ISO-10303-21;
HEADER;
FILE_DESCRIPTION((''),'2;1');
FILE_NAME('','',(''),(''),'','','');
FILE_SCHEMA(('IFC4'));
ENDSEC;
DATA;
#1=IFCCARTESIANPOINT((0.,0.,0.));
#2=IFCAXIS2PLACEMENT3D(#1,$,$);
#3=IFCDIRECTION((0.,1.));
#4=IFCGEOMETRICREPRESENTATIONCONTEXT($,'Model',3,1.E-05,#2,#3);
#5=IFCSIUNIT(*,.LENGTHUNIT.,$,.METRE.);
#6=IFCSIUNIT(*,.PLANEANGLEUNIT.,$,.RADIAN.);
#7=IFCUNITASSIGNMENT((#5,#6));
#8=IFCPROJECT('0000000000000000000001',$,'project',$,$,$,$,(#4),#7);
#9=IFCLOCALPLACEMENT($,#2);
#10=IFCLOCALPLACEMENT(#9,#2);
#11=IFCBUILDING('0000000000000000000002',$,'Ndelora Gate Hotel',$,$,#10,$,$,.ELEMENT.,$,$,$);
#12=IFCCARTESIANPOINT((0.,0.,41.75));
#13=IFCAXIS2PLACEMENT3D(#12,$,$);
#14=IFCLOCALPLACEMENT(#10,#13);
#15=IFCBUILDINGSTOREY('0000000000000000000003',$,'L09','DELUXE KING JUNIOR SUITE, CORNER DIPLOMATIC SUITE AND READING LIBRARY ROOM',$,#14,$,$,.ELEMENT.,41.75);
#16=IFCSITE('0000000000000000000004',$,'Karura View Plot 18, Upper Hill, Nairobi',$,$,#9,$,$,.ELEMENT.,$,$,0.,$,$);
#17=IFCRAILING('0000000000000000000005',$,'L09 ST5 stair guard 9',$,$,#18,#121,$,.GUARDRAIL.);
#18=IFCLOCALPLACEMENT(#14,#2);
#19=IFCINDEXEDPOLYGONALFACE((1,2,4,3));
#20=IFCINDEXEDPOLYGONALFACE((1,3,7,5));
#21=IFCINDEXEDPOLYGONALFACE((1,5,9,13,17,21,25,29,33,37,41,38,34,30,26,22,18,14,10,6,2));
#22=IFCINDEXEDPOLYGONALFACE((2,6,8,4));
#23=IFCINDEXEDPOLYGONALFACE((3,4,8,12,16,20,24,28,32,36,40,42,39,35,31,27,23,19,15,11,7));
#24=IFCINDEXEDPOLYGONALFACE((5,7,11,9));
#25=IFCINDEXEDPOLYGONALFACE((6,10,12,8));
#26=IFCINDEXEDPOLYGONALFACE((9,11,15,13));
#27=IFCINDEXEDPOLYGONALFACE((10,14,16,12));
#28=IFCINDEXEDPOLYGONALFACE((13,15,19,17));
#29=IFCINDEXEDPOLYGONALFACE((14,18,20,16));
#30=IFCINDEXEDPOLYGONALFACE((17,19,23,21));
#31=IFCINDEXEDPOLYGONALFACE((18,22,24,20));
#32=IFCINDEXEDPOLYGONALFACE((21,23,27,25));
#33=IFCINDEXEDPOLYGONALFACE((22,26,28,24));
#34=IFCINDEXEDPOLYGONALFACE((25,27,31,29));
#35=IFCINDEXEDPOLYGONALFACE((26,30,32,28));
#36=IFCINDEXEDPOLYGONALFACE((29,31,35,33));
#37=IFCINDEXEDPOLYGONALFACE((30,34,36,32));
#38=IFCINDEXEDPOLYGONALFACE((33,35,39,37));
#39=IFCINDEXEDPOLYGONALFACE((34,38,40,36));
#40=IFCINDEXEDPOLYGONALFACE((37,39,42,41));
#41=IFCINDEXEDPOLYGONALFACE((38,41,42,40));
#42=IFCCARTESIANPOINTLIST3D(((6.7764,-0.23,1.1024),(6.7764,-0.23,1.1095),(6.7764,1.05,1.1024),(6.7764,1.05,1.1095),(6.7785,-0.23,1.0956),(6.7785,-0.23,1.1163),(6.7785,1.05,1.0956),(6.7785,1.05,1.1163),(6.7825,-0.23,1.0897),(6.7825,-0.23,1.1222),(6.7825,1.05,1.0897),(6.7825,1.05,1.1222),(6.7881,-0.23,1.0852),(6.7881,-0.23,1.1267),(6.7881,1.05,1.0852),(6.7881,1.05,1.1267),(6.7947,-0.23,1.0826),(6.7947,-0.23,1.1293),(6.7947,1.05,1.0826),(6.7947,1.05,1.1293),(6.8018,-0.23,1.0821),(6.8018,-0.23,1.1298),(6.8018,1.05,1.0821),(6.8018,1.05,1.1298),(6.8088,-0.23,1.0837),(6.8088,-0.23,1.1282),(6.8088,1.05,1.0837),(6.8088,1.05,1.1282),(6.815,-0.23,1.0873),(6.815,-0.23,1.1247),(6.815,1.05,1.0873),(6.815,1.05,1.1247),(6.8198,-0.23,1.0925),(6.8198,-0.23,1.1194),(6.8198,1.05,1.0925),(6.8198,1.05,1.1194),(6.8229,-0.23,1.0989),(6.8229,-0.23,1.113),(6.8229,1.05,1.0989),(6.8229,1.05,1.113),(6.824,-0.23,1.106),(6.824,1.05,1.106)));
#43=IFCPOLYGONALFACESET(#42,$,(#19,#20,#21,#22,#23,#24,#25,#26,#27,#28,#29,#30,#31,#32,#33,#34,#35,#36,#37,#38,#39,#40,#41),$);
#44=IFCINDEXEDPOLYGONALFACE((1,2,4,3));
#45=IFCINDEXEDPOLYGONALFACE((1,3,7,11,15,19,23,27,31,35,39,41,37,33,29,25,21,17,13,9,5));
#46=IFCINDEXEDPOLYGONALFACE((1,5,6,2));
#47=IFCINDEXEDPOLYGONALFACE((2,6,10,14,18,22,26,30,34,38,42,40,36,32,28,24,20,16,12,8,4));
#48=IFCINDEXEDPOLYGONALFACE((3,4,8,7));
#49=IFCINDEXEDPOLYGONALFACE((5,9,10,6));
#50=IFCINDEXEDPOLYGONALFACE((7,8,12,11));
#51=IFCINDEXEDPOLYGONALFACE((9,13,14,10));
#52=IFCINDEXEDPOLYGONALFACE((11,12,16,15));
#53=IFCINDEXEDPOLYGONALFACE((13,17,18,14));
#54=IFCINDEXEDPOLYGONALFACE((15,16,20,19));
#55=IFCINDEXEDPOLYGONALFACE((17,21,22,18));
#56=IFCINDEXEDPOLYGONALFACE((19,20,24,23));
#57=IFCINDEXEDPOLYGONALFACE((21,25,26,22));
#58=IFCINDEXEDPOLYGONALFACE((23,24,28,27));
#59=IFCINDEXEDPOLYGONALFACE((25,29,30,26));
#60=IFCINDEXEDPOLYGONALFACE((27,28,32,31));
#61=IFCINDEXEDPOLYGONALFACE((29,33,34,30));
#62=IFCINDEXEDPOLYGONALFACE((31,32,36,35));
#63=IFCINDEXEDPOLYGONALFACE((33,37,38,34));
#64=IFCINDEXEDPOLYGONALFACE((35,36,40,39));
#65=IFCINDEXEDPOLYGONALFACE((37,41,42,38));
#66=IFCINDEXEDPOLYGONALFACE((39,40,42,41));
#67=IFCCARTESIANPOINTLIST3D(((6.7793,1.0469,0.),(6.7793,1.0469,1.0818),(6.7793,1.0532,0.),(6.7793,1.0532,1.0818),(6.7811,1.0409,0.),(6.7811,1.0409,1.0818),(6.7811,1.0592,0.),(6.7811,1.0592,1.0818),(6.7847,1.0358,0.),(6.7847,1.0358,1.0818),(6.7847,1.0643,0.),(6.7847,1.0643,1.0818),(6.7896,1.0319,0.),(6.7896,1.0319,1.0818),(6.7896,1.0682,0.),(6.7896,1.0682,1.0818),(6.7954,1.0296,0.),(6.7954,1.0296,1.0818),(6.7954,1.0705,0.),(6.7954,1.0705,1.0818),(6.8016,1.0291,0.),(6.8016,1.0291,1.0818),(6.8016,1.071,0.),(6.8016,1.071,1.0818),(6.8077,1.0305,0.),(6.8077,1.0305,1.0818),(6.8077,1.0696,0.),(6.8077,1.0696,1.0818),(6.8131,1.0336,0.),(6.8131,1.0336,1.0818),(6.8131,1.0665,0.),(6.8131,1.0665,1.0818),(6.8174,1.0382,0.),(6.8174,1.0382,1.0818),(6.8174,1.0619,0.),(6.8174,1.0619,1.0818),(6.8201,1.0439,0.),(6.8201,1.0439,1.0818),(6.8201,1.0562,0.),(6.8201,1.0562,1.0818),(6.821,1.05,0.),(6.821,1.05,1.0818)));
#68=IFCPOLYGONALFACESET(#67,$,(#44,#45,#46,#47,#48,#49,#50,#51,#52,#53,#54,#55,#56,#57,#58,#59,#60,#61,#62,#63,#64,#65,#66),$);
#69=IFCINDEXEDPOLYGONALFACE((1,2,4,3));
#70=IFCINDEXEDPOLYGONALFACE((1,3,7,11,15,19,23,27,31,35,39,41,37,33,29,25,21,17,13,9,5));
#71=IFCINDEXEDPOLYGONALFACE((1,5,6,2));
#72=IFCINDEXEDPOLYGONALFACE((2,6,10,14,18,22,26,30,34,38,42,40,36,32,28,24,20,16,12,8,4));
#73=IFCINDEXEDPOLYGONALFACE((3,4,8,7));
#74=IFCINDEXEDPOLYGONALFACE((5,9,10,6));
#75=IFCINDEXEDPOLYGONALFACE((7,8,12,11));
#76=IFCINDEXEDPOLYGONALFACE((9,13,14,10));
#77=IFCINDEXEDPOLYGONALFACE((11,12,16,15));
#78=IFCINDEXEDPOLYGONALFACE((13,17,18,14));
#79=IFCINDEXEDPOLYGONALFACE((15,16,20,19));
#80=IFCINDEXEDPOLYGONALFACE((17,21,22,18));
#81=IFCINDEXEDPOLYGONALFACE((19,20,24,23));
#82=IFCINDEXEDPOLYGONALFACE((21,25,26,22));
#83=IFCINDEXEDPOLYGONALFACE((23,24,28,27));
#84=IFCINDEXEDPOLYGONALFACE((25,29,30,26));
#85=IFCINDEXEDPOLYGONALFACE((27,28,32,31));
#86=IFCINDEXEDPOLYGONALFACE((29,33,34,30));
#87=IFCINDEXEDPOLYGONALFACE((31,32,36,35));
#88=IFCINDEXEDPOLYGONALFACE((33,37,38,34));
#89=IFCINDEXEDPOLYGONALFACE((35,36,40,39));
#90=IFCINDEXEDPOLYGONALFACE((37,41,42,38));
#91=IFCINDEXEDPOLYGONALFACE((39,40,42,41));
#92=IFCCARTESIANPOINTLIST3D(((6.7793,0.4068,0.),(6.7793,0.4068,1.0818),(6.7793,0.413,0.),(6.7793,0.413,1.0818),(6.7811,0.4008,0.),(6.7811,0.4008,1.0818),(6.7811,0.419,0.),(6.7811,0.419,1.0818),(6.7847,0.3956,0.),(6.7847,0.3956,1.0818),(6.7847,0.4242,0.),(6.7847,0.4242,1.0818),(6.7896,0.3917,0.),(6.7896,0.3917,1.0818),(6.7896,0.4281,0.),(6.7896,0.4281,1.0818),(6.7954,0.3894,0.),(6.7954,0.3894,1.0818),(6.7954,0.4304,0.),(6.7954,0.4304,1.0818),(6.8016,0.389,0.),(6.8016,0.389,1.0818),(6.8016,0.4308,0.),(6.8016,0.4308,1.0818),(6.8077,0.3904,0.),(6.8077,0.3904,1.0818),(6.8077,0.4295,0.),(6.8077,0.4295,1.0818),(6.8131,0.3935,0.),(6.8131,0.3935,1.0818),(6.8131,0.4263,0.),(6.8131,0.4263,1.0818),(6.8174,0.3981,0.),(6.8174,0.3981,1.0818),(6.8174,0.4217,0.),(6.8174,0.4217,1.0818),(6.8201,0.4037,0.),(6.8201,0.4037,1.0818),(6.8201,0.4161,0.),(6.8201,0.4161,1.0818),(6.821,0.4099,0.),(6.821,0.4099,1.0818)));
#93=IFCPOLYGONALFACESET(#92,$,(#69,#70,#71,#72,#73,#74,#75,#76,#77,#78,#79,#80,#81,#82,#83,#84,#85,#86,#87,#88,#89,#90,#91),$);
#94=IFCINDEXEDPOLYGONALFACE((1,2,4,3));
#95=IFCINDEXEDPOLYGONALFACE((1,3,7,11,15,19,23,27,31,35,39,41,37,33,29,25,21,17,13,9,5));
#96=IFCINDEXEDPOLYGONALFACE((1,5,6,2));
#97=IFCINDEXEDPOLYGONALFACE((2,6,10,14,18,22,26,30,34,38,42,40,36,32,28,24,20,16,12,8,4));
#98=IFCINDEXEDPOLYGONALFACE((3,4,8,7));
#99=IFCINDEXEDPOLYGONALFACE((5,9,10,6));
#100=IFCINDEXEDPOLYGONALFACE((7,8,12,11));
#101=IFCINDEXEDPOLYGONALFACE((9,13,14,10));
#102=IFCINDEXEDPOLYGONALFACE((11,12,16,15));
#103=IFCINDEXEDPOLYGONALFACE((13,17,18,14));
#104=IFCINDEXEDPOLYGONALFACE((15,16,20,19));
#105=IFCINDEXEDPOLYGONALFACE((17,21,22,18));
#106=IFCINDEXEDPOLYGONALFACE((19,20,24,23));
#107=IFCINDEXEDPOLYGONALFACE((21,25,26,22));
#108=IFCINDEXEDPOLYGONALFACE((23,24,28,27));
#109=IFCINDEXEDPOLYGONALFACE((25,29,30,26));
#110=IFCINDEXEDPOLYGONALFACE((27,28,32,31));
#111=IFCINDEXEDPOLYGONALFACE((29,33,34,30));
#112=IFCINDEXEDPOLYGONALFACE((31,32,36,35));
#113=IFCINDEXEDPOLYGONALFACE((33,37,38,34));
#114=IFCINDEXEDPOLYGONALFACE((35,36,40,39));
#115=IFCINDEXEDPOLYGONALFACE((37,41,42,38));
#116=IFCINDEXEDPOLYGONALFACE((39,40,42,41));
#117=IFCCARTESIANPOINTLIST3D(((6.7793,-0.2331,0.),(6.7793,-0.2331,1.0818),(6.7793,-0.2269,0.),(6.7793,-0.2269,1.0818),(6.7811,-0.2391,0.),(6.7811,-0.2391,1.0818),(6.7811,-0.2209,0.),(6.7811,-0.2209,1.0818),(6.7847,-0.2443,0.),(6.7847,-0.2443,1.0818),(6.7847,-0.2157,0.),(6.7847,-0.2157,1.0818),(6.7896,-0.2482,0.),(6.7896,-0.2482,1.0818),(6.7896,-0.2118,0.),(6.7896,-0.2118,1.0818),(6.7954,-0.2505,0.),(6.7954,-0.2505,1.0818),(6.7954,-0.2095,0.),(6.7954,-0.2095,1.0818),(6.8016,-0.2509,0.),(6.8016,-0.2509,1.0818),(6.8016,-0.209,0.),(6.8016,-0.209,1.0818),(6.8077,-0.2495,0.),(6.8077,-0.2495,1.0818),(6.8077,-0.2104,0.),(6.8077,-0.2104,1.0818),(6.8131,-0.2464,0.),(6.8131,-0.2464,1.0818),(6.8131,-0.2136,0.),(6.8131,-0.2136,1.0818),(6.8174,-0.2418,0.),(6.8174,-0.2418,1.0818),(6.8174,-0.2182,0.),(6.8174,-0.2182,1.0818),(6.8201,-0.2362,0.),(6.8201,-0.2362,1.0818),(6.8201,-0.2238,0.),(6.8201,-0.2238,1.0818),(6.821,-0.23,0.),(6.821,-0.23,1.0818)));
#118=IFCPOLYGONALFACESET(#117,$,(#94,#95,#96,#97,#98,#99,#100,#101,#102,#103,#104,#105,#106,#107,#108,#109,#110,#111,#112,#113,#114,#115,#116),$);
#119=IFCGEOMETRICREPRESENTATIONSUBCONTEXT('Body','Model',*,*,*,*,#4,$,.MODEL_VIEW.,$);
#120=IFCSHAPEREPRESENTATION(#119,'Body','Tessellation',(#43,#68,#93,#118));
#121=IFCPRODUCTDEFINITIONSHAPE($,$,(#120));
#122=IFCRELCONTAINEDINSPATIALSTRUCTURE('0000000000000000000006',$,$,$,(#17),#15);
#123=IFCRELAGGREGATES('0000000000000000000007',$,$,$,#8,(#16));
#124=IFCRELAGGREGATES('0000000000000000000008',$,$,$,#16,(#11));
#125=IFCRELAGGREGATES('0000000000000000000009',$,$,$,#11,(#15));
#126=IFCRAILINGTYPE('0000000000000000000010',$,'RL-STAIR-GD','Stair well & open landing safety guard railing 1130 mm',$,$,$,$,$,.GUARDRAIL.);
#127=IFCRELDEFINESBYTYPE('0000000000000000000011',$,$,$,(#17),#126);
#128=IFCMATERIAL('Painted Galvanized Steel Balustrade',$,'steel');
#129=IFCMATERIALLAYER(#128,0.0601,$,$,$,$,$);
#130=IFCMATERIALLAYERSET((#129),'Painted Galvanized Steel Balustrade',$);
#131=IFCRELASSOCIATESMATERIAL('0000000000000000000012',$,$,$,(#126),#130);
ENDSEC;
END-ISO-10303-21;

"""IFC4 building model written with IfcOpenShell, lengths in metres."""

from ifc_helpers import new_model, si_unit, direction, frame, origin, origin_2d, place, context, subcontext, project, spatial, circle, extrude, material, layer, layer_set, type_object, element, save


model = new_model("IFC4")

# Units and contexts
model_context = context("Model", 3, precision=1e-05, world=origin(), true_north=direction((0.0, 1.0)))
body_context = subcontext(model_context, "Body", "Model", "MODEL_VIEW")
ifc_project = project(units=[si_unit("LENGTHUNIT", "METRE"), si_unit("PLANEANGLEUNIT", "RADIAN")], contexts=[model_context])

# Site, building, storey
site_placement = place(None, origin())
site = spatial("IfcSite", under=ifc_project, at=site_placement, Name="Karura View Plot 18, Upper Hill, Nairobi", CompositionType="ELEMENT", RefElevation=0.0)
building_placement = place(site_placement, origin())
building = spatial("IfcBuilding", under=site, at=building_placement, Name="Ndelora Gate Hotel", CompositionType="ELEMENT")
storey_placement = place(building_placement, frame((0.0, 0.0, 41.75)))
storey = spatial("IfcBuildingStorey", under=building, at=storey_placement, Name="L09", Description="DELUXE KING JUNIOR SUITE, CORNER DIPLOMATIC SUITE AND READING LIBRARY ROOM", CompositionType="ELEMENT", Elevation=41.75)

# Railing
ifc_material_1 = material(Name="Painted Galvanized Steel Balustrade", Category="steel")
ifc_layer_1 = layer(ifc_material_1, 0.0601)
ifc_layer_set_1 = layer_set([ifc_layer_1], Name="Painted Galvanized Steel Balustrade")
railing_type_1 = type_object("IfcRailingType", Name="RL-STAIR-GD", Description="Stair well & open landing safety guard railing 1130 mm", PredefinedType="GUARDRAIL", material=ifc_layer_set_1)
railing_1_placement = place(storey_placement, frame((6.8, 1.05, 0.0)))
element("IfcRailing", 1, at=railing_1_placement, inside=storey, type_object=railing_type_1, Name="L09 ST5 stair guard 9", PredefinedType="GUARDRAIL", context=body_context, shape_type="SweptSolid", body=[
    extrude(circle(Radius=0.0239, at=origin_2d()), frame((0.0, 0.0, 1.106), z_axis=(0.0, -1.0, 0.0), x_axis=(1.0, 0.0, 0.0)), (0.0, 0.0, 1.0), 1.28),
    extrude(circle(Radius=0.021, at=origin_2d()), origin(), (0.0, 0.0, 1.0), 1.0818),
    extrude(circle(Radius=0.021, at=origin_2d()), frame((0.0, -0.6401, 0.0)), (0.0, 0.0, 1.0), 1.0818),
    extrude(circle(Radius=0.021, at=origin_2d()), frame((0.0, -1.28, 0.0)), (0.0, 0.0, 1.0), 1.0818),
])

save(model, "model.ifc")
